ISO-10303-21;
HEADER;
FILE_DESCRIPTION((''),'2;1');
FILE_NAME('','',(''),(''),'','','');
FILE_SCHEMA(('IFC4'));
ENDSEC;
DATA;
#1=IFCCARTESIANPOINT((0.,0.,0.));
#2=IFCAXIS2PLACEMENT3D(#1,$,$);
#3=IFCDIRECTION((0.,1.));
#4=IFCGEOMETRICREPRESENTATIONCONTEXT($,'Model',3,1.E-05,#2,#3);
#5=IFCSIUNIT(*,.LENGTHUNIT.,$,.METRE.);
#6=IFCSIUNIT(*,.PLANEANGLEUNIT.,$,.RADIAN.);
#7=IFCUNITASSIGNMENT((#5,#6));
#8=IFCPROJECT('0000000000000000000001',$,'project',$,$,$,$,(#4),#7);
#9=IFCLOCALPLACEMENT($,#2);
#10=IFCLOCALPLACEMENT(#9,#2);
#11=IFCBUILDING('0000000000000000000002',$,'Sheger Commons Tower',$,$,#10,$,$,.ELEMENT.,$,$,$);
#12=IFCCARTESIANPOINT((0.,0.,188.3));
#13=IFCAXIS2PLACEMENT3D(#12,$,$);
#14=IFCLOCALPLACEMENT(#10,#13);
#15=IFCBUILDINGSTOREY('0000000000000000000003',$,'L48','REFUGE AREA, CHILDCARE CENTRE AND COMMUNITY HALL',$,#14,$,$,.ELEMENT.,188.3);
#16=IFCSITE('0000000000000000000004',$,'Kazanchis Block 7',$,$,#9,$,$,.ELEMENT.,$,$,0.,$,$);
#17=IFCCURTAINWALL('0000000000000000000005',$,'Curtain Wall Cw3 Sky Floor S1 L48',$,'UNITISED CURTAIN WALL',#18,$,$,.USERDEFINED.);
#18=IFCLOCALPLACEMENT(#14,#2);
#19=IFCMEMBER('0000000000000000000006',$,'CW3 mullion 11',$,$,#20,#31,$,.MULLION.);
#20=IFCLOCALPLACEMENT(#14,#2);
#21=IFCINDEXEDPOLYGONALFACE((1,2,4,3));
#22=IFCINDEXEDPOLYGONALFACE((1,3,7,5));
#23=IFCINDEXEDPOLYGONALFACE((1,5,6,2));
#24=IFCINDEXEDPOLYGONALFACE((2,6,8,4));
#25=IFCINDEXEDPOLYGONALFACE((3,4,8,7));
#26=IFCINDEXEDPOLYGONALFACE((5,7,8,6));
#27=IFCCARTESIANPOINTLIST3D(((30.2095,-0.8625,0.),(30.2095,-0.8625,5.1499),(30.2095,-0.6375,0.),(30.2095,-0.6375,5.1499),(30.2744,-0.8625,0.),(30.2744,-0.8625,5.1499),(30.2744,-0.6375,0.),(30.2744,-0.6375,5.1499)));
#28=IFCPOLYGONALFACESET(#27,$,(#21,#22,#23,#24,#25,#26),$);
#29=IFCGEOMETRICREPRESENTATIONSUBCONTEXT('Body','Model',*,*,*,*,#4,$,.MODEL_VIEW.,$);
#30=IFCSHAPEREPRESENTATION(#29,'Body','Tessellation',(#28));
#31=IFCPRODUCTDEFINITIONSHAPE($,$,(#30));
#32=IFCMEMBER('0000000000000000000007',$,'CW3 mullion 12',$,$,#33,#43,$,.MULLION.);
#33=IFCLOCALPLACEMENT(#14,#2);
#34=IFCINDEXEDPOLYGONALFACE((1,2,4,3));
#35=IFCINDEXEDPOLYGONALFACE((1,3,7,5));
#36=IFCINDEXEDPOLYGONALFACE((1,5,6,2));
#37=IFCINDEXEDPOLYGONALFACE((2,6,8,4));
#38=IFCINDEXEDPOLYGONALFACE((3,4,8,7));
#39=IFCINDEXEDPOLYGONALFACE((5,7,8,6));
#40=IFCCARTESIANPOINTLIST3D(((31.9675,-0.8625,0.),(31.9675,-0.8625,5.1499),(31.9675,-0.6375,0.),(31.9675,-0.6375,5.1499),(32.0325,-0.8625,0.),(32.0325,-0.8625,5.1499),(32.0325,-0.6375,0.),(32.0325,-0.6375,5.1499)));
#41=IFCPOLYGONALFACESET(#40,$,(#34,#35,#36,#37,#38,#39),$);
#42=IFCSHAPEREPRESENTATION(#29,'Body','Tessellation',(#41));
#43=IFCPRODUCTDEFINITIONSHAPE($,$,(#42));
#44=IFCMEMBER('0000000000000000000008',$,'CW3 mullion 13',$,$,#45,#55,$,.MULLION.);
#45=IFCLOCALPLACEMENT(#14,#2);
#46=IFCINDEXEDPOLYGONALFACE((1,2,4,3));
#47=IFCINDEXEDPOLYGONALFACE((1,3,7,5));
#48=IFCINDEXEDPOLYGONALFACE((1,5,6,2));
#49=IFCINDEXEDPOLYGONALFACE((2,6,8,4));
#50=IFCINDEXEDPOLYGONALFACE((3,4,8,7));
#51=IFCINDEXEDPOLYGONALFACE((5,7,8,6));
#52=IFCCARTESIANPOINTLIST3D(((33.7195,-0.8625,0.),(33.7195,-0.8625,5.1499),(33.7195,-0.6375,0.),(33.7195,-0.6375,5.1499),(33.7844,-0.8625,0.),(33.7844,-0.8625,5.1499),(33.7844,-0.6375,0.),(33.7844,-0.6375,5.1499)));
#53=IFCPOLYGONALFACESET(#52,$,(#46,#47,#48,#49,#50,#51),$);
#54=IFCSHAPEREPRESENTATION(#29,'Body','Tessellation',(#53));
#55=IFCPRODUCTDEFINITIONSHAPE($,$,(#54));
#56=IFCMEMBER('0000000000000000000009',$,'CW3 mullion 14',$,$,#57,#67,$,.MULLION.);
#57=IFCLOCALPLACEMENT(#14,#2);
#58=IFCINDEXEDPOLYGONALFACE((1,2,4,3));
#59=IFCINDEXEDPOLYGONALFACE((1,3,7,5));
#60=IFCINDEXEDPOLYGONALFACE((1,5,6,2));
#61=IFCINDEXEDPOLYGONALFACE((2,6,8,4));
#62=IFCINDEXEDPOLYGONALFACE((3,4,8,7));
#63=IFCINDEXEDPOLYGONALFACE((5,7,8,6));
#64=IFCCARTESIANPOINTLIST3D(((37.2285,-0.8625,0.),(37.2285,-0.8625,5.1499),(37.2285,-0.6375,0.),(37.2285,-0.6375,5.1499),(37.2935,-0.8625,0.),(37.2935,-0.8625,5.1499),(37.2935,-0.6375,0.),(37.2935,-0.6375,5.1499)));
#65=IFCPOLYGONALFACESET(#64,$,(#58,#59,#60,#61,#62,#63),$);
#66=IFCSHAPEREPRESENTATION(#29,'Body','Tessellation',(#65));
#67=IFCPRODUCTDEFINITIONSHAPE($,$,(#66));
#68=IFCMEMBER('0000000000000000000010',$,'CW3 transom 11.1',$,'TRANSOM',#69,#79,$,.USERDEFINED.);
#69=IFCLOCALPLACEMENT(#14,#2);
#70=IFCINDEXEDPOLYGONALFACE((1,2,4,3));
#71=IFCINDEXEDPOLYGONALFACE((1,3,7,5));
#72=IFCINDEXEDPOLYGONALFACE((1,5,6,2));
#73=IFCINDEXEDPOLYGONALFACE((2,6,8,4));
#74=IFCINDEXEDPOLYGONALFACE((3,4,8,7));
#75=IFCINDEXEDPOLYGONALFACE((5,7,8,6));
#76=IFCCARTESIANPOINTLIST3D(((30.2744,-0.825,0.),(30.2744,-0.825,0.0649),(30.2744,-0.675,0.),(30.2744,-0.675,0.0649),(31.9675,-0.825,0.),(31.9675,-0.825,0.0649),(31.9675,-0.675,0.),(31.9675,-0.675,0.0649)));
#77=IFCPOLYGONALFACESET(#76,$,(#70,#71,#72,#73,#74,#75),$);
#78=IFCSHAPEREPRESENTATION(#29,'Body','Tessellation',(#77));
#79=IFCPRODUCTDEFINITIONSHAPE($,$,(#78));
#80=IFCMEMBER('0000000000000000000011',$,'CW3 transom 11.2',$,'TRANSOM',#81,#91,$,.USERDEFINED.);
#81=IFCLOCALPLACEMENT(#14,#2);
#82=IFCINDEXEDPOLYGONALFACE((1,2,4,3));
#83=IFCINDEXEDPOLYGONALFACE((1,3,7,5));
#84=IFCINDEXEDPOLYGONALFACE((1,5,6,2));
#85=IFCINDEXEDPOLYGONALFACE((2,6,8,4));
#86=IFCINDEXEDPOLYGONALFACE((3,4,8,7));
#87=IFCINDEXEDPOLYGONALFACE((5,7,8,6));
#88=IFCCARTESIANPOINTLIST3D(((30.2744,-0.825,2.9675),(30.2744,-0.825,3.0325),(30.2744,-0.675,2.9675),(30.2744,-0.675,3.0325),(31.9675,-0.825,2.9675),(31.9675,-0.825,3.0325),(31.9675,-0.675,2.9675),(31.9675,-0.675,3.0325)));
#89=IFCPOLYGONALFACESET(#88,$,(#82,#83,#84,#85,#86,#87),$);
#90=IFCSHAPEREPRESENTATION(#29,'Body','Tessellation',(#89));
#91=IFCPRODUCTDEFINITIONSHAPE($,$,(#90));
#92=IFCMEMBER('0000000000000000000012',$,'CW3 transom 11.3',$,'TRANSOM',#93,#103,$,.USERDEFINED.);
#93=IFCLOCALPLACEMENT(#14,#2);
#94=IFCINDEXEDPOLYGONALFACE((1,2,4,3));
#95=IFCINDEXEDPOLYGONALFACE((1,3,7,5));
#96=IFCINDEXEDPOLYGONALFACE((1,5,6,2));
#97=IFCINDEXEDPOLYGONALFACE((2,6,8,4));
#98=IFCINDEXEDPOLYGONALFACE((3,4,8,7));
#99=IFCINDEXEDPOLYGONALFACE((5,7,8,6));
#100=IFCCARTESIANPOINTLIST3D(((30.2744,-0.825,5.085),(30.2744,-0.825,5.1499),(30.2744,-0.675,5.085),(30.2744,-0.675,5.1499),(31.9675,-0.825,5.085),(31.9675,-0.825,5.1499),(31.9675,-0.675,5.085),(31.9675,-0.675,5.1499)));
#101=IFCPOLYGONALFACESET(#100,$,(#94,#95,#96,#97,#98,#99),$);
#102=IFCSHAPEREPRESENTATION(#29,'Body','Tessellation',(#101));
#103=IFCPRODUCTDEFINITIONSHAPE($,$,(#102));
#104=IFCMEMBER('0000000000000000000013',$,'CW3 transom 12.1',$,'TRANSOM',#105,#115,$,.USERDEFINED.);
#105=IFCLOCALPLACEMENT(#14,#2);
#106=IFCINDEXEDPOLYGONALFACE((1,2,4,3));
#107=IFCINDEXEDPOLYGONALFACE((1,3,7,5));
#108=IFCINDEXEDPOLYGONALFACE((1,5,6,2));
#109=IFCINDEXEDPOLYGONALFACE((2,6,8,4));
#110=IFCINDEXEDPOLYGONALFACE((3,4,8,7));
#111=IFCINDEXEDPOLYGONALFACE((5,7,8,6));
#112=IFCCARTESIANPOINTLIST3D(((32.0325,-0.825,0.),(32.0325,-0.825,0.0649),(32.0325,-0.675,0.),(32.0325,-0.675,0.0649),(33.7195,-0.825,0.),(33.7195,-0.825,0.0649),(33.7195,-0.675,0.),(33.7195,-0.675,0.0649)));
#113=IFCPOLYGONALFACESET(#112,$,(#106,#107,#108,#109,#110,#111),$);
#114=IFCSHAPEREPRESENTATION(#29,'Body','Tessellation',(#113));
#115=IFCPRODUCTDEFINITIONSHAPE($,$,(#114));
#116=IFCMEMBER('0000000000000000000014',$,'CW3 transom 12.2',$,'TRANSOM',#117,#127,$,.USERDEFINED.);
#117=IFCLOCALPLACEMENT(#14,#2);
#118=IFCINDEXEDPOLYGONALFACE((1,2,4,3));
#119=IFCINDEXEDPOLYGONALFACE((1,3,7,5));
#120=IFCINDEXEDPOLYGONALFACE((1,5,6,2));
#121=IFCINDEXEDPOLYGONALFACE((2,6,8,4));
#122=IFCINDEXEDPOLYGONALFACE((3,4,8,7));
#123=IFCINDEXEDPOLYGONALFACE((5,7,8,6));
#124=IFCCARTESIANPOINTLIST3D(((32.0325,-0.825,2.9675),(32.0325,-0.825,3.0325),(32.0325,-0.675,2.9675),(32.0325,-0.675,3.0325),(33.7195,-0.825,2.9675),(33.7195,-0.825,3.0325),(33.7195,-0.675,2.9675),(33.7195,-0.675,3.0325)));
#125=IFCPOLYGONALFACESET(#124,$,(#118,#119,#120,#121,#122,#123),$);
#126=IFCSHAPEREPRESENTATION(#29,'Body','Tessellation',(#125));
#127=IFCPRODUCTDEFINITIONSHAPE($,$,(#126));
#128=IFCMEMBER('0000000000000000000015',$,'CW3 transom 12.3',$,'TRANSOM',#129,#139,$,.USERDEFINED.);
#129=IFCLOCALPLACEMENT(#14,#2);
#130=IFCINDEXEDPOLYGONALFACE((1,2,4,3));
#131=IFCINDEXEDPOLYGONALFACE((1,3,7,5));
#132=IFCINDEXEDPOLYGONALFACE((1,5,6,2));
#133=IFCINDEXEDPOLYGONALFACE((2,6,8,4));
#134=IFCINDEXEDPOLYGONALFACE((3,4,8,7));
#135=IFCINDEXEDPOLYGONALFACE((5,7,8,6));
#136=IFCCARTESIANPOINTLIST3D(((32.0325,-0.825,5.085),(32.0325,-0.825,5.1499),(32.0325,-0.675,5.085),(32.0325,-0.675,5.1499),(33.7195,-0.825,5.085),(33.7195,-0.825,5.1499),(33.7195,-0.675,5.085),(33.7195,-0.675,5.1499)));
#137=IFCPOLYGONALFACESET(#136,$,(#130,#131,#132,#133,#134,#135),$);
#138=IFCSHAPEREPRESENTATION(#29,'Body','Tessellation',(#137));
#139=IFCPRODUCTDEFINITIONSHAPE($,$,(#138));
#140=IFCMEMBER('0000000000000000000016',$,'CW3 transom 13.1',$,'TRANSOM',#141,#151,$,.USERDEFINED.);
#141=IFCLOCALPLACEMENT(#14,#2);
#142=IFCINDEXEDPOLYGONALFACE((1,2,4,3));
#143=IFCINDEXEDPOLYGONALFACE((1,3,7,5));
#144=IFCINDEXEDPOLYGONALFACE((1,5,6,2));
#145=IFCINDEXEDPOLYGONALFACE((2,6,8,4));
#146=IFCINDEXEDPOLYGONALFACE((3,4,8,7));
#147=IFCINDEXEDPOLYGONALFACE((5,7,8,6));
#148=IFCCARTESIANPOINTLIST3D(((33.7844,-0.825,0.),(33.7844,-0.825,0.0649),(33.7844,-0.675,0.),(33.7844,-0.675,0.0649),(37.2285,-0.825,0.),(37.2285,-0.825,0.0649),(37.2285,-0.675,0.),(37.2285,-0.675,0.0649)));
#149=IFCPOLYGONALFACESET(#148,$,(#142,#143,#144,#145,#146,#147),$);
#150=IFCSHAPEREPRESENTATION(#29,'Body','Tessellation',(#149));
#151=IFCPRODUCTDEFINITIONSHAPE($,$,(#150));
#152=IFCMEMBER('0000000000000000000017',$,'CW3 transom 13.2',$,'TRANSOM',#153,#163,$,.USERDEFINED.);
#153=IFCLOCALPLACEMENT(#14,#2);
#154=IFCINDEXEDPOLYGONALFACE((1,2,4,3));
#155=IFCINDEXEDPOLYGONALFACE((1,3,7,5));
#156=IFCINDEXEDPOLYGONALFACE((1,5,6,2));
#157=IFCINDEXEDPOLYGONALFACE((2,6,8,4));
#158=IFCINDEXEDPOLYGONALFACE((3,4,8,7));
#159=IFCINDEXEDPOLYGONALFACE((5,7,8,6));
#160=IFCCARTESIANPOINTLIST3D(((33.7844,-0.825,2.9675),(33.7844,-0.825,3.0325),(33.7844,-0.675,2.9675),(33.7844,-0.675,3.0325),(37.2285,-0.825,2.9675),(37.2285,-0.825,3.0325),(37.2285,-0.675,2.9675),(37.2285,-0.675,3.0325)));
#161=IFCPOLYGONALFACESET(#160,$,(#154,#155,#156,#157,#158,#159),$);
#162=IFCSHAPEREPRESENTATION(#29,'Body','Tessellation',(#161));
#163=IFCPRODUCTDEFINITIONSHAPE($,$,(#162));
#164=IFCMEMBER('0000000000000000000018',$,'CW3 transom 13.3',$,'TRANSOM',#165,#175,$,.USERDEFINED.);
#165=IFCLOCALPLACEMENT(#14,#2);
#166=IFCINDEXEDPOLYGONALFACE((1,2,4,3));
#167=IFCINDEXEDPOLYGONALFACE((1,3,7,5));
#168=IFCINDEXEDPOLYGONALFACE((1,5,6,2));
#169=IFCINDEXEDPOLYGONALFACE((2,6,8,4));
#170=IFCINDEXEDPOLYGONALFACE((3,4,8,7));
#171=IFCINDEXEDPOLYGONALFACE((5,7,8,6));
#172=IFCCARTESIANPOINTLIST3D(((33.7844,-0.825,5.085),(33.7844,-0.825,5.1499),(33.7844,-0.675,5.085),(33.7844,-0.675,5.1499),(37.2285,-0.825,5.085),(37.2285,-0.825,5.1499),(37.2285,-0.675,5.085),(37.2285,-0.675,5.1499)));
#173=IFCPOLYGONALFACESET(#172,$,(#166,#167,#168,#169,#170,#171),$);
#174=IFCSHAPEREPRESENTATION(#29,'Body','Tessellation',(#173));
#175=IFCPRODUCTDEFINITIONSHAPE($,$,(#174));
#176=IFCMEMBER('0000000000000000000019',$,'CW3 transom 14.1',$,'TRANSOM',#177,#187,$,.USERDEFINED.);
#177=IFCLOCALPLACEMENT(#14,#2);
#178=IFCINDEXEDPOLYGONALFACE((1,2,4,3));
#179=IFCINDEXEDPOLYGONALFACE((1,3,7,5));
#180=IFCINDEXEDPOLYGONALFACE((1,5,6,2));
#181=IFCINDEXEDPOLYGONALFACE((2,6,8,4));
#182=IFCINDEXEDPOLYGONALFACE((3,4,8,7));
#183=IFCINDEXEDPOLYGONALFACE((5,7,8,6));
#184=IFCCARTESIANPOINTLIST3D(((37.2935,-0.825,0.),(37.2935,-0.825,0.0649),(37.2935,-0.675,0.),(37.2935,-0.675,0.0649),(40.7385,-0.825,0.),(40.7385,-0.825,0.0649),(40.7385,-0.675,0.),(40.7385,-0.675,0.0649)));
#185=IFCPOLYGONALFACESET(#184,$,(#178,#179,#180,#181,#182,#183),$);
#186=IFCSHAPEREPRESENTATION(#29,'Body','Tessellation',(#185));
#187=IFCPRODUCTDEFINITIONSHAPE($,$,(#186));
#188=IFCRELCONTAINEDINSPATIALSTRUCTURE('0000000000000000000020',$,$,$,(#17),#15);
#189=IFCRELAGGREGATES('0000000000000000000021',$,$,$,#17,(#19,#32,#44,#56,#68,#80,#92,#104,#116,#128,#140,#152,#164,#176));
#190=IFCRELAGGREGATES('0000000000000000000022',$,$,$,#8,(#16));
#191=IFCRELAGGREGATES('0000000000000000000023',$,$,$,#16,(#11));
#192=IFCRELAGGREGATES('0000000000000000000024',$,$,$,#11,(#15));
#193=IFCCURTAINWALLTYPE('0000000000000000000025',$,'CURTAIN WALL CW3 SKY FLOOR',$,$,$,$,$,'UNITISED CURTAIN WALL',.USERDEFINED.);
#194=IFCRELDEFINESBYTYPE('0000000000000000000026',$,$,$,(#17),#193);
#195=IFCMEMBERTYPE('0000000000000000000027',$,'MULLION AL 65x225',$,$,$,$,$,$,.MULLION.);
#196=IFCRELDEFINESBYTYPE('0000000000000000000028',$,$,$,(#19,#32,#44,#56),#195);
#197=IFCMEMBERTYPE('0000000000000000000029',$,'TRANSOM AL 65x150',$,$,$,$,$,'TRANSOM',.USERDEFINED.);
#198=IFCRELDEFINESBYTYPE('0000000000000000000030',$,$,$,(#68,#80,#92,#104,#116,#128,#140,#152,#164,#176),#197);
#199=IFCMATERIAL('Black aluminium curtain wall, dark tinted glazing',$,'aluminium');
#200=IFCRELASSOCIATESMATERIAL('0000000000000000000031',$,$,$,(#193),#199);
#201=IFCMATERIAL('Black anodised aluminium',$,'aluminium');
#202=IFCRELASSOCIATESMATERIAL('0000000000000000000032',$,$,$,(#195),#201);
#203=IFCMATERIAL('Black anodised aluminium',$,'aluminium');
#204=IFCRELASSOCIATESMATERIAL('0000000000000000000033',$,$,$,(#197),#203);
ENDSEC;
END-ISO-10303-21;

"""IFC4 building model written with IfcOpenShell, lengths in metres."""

from ifc_helpers import new_model, si_unit, direction, frame, origin, origin_2d, place, context, subcontext, project, spatial, rectangle, extrude, material, material_profile, profile_set, type_object, element, aggregate, save


model = new_model("IFC4")

# Units and contexts
model_context = context("Model", 3, precision=1e-05, world=origin(), true_north=direction((0.0, 1.0)))
body_context = subcontext(model_context, "Body", "Model", "MODEL_VIEW")
ifc_project = project(units=[si_unit("LENGTHUNIT", "METRE"), si_unit("PLANEANGLEUNIT", "RADIAN")], contexts=[model_context])

# Site, building, storey
site_placement = place(None, origin())
site = spatial("IfcSite", under=ifc_project, at=site_placement, Name="Kazanchis Block 7", CompositionType="ELEMENT", RefElevation=0.0)
building_placement = place(site_placement, origin())
building = spatial("IfcBuilding", under=site, at=building_placement, Name="Sheger Commons Tower", CompositionType="ELEMENT")
storey_placement = place(building_placement, frame((0.0, 0.0, 188.3)))
storey = spatial("IfcBuildingStorey", under=building, at=storey_placement, Name="L48", Description="REFUGE AREA, CHILDCARE CENTRE AND COMMUNITY HALL", CompositionType="ELEMENT", Elevation=188.3)

# Curtain wall, members
ifc_material_1 = material(Name="Black aluminium curtain wall, dark tinted glazing", Category="aluminium")
curtain_wall_type = type_object("IfcCurtainWallType", Name="CURTAIN WALL CW3 SKY FLOOR", ElementType="UNITISED CURTAIN WALL", PredefinedType="USERDEFINED", material=ifc_material_1)
curtain_wall_placement = place(storey_placement, origin())
curtain_wall = element("IfcCurtainWall", 1, at=curtain_wall_placement, inside=storey, type_object=curtain_wall_type, Name="Curtain Wall Cw3 Sky Floor S1 L48", ObjectType="UNITISED CURTAIN WALL", PredefinedType="USERDEFINED")
ifc_material_2 = material(Name="Black anodised aluminium", Category="aluminium")
ifc_material_profile_1 = material_profile(ifc_material_2, rectangle(XDim=0.2251, YDim=0.0649, at=origin_2d()), Name="AL 65x225")
ifc_profile_set_1 = profile_set([ifc_material_profile_1], Name="Black anodised aluminium")
member_type_1 = type_object("IfcMemberType", Name="MULLION AL 65x225", PredefinedType="MULLION", material=ifc_profile_set_1)
member_1_placement = place(storey_placement, frame((30.2419, -0.75, 0.0), z_axis=(0.0, 0.0, 1.0), x_axis=(0.0, 1.0, 0.0)))
member_1 = element("IfcMember", 2, at=member_1_placement, type_object=member_type_1, Name="CW3 mullion 11", PredefinedType="MULLION", context=body_context, shape_type="SweptSolid", body=[
    extrude(rectangle(XDim=0.2251, YDim=0.0649, at=origin_2d()), origin(), (0.0, 0.0, 1.0), 5.1499),
])
member_2_placement = place(storey_placement, frame((32.0, -0.75, 0.0), z_axis=(0.0, 0.0, 1.0), x_axis=(0.0, 1.0, 0.0)))
member_2 = element("IfcMember", 3, at=member_2_placement, type_object=member_type_1, Name="CW3 mullion 12", PredefinedType="MULLION", context=body_context, shape_type="SweptSolid", body=[
    extrude(rectangle(XDim=0.2251, YDim=0.0649, at=origin_2d()), origin(), (0.0, 0.0, 1.0), 5.1499),
])
member_3_placement = place(storey_placement, frame((33.752, -0.75, 0.0), z_axis=(0.0, 0.0, 1.0), x_axis=(0.0, 1.0, 0.0)))
member_3 = element("IfcMember", 4, at=member_3_placement, type_object=member_type_1, Name="CW3 mullion 13", PredefinedType="MULLION", context=body_context, shape_type="SweptSolid", body=[
    extrude(rectangle(XDim=0.2251, YDim=0.0649, at=origin_2d()), origin(), (0.0, 0.0, 1.0), 5.1499),
])
member_4_placement = place(storey_placement, frame((37.261, -0.75, 0.0), z_axis=(0.0, 0.0, 1.0), x_axis=(0.0, 1.0, 0.0)))
member_4 = element("IfcMember", 5, at=member_4_placement, type_object=member_type_1, Name="CW3 mullion 14", PredefinedType="MULLION", context=body_context, shape_type="SweptSolid", body=[
    extrude(rectangle(XDim=0.2251, YDim=0.0649, at=origin_2d()), origin(), (0.0, 0.0, 1.0), 5.1499),
])
ifc_material_3 = material(Name="Black anodised aluminium", Category="aluminium")
ifc_material_profile_2 = material_profile(ifc_material_3, rectangle(XDim=0.1499, YDim=0.0649, at=origin_2d()), Name="AL 65x150")
ifc_profile_set_2 = profile_set([ifc_material_profile_2], Name="Black anodised aluminium")
member_type_2 = type_object("IfcMemberType", Name="TRANSOM AL 65x150", ElementType="TRANSOM", PredefinedType="USERDEFINED", material=ifc_profile_set_2)
member_5_placement = place(storey_placement, frame((30.2744, -0.75, 0.0325), z_axis=(1.0, 0.0, 0.0), x_axis=(0.0, 1.0, 0.0)))
member_5 = element("IfcMember", 6, at=member_5_placement, type_object=member_type_2, Name="CW3 transom 11.1", ObjectType="TRANSOM", PredefinedType="USERDEFINED", context=body_context, shape_type="SweptSolid", body=[
    extrude(rectangle(XDim=0.1499, YDim=0.0649, at=origin_2d()), origin(), (0.0, 0.0, 1.0), 1.6931),
])
member_6_placement = place(storey_placement, frame((30.2744, -0.75, 3.0), z_axis=(1.0, 0.0, 0.0), x_axis=(0.0, 1.0, 0.0)))
member_6 = element("IfcMember", 7, at=member_6_placement, type_object=member_type_2, Name="CW3 transom 11.2", ObjectType="TRANSOM", PredefinedType="USERDEFINED", context=body_context, shape_type="SweptSolid", body=[
    extrude(rectangle(XDim=0.1499, YDim=0.0649, at=origin_2d()), origin(), (0.0, 0.0, 1.0), 1.6931),
])
member_7_placement = place(storey_placement, frame((30.2744, -0.75, 5.1174), z_axis=(1.0, 0.0, 0.0), x_axis=(0.0, 1.0, 0.0)))
member_7 = element("IfcMember", 8, at=member_7_placement, type_object=member_type_2, Name="CW3 transom 11.3", ObjectType="TRANSOM", PredefinedType="USERDEFINED", context=body_context, shape_type="SweptSolid", body=[
    extrude(rectangle(XDim=0.1499, YDim=0.0649, at=origin_2d()), origin(), (0.0, 0.0, 1.0), 1.6931),
])
member_8_placement = place(storey_placement, frame((32.0325, -0.75, 0.0325), z_axis=(1.0, 0.0, 0.0), x_axis=(0.0, 1.0, 0.0)))
member_8 = element("IfcMember", 9, at=member_8_placement, type_object=member_type_2, Name="CW3 transom 12.1", ObjectType="TRANSOM", PredefinedType="USERDEFINED", context=body_context, shape_type="SweptSolid", body=[
    extrude(rectangle(XDim=0.1499, YDim=0.0649, at=origin_2d()), origin(), (0.0, 0.0, 1.0), 1.687),
])
member_9_placement = place(storey_placement, frame((32.0325, -0.75, 3.0), z_axis=(1.0, 0.0, 0.0), x_axis=(0.0, 1.0, 0.0)))
member_9 = element("IfcMember", 10, at=member_9_placement, type_object=member_type_2, Name="CW3 transom 12.2", ObjectType="TRANSOM", PredefinedType="USERDEFINED", context=body_context, shape_type="SweptSolid", body=[
    extrude(rectangle(XDim=0.1499, YDim=0.0649, at=origin_2d()), origin(), (0.0, 0.0, 1.0), 1.687),
])
member_10_placement = place(storey_placement, frame((32.0325, -0.75, 5.1174), z_axis=(1.0, 0.0, 0.0), x_axis=(0.0, 1.0, 0.0)))
member_10 = element("IfcMember", 11, at=member_10_placement, type_object=member_type_2, Name="CW3 transom 12.3", ObjectType="TRANSOM", PredefinedType="USERDEFINED", context=body_context, shape_type="SweptSolid", body=[
    extrude(rectangle(XDim=0.1499, YDim=0.0649, at=origin_2d()), origin(), (0.0, 0.0, 1.0), 1.687),
])
member_11_placement = place(storey_placement, frame((33.7844, -0.75, 0.0325), z_axis=(1.0, 0.0, 0.0), x_axis=(0.0, 1.0, 0.0)))
member_11 = element("IfcMember", 12, at=member_11_placement, type_object=member_type_2, Name="CW3 transom 13.1", ObjectType="TRANSOM", PredefinedType="USERDEFINED", context=body_context, shape_type="SweptSolid", body=[
    extrude(rectangle(XDim=0.1499, YDim=0.0649, at=origin_2d()), origin(), (0.0, 0.0, 1.0), 3.4441),
])
member_12_placement = place(storey_placement, frame((33.7844, -0.75, 3.0), z_axis=(1.0, 0.0, 0.0), x_axis=(0.0, 1.0, 0.0)))
member_12 = element("IfcMember", 13, at=member_12_placement, type_object=member_type_2, Name="CW3 transom 13.2", ObjectType="TRANSOM", PredefinedType="USERDEFINED", context=body_context, shape_type="SweptSolid", body=[
    extrude(rectangle(XDim=0.1499, YDim=0.0649, at=origin_2d()), origin(), (0.0, 0.0, 1.0), 3.4441),
])
member_13_placement = place(storey_placement, frame((33.7844, -0.75, 5.1174), z_axis=(1.0, 0.0, 0.0), x_axis=(0.0, 1.0, 0.0)))
member_13 = element("IfcMember", 14, at=member_13_placement, type_object=member_type_2, Name="CW3 transom 13.3", ObjectType="TRANSOM", PredefinedType="USERDEFINED", context=body_context, shape_type="SweptSolid", body=[
    extrude(rectangle(XDim=0.1499, YDim=0.0649, at=origin_2d()), origin(), (0.0, 0.0, 1.0), 3.4441),
])
member_14_placement = place(storey_placement, frame((37.2935, -0.75, 0.0325), z_axis=(1.0, 0.0, 0.0), x_axis=(0.0, 1.0, 0.0)))
member_14 = element("IfcMember", 15, at=member_14_placement, type_object=member_type_2, Name="CW3 transom 14.1", ObjectType="TRANSOM", PredefinedType="USERDEFINED", context=body_context, shape_type="SweptSolid", body=[
    extrude(rectangle(XDim=0.1499, YDim=0.0649, at=origin_2d()), origin(), (0.0, 0.0, 1.0), 3.4451),
])
aggregate(curtain_wall, [member_1, member_2, member_3, member_4, member_5, member_6, member_7, member_8, member_9, member_10, member_11, member_12, member_13, member_14])

save(model, "model.ifc")
